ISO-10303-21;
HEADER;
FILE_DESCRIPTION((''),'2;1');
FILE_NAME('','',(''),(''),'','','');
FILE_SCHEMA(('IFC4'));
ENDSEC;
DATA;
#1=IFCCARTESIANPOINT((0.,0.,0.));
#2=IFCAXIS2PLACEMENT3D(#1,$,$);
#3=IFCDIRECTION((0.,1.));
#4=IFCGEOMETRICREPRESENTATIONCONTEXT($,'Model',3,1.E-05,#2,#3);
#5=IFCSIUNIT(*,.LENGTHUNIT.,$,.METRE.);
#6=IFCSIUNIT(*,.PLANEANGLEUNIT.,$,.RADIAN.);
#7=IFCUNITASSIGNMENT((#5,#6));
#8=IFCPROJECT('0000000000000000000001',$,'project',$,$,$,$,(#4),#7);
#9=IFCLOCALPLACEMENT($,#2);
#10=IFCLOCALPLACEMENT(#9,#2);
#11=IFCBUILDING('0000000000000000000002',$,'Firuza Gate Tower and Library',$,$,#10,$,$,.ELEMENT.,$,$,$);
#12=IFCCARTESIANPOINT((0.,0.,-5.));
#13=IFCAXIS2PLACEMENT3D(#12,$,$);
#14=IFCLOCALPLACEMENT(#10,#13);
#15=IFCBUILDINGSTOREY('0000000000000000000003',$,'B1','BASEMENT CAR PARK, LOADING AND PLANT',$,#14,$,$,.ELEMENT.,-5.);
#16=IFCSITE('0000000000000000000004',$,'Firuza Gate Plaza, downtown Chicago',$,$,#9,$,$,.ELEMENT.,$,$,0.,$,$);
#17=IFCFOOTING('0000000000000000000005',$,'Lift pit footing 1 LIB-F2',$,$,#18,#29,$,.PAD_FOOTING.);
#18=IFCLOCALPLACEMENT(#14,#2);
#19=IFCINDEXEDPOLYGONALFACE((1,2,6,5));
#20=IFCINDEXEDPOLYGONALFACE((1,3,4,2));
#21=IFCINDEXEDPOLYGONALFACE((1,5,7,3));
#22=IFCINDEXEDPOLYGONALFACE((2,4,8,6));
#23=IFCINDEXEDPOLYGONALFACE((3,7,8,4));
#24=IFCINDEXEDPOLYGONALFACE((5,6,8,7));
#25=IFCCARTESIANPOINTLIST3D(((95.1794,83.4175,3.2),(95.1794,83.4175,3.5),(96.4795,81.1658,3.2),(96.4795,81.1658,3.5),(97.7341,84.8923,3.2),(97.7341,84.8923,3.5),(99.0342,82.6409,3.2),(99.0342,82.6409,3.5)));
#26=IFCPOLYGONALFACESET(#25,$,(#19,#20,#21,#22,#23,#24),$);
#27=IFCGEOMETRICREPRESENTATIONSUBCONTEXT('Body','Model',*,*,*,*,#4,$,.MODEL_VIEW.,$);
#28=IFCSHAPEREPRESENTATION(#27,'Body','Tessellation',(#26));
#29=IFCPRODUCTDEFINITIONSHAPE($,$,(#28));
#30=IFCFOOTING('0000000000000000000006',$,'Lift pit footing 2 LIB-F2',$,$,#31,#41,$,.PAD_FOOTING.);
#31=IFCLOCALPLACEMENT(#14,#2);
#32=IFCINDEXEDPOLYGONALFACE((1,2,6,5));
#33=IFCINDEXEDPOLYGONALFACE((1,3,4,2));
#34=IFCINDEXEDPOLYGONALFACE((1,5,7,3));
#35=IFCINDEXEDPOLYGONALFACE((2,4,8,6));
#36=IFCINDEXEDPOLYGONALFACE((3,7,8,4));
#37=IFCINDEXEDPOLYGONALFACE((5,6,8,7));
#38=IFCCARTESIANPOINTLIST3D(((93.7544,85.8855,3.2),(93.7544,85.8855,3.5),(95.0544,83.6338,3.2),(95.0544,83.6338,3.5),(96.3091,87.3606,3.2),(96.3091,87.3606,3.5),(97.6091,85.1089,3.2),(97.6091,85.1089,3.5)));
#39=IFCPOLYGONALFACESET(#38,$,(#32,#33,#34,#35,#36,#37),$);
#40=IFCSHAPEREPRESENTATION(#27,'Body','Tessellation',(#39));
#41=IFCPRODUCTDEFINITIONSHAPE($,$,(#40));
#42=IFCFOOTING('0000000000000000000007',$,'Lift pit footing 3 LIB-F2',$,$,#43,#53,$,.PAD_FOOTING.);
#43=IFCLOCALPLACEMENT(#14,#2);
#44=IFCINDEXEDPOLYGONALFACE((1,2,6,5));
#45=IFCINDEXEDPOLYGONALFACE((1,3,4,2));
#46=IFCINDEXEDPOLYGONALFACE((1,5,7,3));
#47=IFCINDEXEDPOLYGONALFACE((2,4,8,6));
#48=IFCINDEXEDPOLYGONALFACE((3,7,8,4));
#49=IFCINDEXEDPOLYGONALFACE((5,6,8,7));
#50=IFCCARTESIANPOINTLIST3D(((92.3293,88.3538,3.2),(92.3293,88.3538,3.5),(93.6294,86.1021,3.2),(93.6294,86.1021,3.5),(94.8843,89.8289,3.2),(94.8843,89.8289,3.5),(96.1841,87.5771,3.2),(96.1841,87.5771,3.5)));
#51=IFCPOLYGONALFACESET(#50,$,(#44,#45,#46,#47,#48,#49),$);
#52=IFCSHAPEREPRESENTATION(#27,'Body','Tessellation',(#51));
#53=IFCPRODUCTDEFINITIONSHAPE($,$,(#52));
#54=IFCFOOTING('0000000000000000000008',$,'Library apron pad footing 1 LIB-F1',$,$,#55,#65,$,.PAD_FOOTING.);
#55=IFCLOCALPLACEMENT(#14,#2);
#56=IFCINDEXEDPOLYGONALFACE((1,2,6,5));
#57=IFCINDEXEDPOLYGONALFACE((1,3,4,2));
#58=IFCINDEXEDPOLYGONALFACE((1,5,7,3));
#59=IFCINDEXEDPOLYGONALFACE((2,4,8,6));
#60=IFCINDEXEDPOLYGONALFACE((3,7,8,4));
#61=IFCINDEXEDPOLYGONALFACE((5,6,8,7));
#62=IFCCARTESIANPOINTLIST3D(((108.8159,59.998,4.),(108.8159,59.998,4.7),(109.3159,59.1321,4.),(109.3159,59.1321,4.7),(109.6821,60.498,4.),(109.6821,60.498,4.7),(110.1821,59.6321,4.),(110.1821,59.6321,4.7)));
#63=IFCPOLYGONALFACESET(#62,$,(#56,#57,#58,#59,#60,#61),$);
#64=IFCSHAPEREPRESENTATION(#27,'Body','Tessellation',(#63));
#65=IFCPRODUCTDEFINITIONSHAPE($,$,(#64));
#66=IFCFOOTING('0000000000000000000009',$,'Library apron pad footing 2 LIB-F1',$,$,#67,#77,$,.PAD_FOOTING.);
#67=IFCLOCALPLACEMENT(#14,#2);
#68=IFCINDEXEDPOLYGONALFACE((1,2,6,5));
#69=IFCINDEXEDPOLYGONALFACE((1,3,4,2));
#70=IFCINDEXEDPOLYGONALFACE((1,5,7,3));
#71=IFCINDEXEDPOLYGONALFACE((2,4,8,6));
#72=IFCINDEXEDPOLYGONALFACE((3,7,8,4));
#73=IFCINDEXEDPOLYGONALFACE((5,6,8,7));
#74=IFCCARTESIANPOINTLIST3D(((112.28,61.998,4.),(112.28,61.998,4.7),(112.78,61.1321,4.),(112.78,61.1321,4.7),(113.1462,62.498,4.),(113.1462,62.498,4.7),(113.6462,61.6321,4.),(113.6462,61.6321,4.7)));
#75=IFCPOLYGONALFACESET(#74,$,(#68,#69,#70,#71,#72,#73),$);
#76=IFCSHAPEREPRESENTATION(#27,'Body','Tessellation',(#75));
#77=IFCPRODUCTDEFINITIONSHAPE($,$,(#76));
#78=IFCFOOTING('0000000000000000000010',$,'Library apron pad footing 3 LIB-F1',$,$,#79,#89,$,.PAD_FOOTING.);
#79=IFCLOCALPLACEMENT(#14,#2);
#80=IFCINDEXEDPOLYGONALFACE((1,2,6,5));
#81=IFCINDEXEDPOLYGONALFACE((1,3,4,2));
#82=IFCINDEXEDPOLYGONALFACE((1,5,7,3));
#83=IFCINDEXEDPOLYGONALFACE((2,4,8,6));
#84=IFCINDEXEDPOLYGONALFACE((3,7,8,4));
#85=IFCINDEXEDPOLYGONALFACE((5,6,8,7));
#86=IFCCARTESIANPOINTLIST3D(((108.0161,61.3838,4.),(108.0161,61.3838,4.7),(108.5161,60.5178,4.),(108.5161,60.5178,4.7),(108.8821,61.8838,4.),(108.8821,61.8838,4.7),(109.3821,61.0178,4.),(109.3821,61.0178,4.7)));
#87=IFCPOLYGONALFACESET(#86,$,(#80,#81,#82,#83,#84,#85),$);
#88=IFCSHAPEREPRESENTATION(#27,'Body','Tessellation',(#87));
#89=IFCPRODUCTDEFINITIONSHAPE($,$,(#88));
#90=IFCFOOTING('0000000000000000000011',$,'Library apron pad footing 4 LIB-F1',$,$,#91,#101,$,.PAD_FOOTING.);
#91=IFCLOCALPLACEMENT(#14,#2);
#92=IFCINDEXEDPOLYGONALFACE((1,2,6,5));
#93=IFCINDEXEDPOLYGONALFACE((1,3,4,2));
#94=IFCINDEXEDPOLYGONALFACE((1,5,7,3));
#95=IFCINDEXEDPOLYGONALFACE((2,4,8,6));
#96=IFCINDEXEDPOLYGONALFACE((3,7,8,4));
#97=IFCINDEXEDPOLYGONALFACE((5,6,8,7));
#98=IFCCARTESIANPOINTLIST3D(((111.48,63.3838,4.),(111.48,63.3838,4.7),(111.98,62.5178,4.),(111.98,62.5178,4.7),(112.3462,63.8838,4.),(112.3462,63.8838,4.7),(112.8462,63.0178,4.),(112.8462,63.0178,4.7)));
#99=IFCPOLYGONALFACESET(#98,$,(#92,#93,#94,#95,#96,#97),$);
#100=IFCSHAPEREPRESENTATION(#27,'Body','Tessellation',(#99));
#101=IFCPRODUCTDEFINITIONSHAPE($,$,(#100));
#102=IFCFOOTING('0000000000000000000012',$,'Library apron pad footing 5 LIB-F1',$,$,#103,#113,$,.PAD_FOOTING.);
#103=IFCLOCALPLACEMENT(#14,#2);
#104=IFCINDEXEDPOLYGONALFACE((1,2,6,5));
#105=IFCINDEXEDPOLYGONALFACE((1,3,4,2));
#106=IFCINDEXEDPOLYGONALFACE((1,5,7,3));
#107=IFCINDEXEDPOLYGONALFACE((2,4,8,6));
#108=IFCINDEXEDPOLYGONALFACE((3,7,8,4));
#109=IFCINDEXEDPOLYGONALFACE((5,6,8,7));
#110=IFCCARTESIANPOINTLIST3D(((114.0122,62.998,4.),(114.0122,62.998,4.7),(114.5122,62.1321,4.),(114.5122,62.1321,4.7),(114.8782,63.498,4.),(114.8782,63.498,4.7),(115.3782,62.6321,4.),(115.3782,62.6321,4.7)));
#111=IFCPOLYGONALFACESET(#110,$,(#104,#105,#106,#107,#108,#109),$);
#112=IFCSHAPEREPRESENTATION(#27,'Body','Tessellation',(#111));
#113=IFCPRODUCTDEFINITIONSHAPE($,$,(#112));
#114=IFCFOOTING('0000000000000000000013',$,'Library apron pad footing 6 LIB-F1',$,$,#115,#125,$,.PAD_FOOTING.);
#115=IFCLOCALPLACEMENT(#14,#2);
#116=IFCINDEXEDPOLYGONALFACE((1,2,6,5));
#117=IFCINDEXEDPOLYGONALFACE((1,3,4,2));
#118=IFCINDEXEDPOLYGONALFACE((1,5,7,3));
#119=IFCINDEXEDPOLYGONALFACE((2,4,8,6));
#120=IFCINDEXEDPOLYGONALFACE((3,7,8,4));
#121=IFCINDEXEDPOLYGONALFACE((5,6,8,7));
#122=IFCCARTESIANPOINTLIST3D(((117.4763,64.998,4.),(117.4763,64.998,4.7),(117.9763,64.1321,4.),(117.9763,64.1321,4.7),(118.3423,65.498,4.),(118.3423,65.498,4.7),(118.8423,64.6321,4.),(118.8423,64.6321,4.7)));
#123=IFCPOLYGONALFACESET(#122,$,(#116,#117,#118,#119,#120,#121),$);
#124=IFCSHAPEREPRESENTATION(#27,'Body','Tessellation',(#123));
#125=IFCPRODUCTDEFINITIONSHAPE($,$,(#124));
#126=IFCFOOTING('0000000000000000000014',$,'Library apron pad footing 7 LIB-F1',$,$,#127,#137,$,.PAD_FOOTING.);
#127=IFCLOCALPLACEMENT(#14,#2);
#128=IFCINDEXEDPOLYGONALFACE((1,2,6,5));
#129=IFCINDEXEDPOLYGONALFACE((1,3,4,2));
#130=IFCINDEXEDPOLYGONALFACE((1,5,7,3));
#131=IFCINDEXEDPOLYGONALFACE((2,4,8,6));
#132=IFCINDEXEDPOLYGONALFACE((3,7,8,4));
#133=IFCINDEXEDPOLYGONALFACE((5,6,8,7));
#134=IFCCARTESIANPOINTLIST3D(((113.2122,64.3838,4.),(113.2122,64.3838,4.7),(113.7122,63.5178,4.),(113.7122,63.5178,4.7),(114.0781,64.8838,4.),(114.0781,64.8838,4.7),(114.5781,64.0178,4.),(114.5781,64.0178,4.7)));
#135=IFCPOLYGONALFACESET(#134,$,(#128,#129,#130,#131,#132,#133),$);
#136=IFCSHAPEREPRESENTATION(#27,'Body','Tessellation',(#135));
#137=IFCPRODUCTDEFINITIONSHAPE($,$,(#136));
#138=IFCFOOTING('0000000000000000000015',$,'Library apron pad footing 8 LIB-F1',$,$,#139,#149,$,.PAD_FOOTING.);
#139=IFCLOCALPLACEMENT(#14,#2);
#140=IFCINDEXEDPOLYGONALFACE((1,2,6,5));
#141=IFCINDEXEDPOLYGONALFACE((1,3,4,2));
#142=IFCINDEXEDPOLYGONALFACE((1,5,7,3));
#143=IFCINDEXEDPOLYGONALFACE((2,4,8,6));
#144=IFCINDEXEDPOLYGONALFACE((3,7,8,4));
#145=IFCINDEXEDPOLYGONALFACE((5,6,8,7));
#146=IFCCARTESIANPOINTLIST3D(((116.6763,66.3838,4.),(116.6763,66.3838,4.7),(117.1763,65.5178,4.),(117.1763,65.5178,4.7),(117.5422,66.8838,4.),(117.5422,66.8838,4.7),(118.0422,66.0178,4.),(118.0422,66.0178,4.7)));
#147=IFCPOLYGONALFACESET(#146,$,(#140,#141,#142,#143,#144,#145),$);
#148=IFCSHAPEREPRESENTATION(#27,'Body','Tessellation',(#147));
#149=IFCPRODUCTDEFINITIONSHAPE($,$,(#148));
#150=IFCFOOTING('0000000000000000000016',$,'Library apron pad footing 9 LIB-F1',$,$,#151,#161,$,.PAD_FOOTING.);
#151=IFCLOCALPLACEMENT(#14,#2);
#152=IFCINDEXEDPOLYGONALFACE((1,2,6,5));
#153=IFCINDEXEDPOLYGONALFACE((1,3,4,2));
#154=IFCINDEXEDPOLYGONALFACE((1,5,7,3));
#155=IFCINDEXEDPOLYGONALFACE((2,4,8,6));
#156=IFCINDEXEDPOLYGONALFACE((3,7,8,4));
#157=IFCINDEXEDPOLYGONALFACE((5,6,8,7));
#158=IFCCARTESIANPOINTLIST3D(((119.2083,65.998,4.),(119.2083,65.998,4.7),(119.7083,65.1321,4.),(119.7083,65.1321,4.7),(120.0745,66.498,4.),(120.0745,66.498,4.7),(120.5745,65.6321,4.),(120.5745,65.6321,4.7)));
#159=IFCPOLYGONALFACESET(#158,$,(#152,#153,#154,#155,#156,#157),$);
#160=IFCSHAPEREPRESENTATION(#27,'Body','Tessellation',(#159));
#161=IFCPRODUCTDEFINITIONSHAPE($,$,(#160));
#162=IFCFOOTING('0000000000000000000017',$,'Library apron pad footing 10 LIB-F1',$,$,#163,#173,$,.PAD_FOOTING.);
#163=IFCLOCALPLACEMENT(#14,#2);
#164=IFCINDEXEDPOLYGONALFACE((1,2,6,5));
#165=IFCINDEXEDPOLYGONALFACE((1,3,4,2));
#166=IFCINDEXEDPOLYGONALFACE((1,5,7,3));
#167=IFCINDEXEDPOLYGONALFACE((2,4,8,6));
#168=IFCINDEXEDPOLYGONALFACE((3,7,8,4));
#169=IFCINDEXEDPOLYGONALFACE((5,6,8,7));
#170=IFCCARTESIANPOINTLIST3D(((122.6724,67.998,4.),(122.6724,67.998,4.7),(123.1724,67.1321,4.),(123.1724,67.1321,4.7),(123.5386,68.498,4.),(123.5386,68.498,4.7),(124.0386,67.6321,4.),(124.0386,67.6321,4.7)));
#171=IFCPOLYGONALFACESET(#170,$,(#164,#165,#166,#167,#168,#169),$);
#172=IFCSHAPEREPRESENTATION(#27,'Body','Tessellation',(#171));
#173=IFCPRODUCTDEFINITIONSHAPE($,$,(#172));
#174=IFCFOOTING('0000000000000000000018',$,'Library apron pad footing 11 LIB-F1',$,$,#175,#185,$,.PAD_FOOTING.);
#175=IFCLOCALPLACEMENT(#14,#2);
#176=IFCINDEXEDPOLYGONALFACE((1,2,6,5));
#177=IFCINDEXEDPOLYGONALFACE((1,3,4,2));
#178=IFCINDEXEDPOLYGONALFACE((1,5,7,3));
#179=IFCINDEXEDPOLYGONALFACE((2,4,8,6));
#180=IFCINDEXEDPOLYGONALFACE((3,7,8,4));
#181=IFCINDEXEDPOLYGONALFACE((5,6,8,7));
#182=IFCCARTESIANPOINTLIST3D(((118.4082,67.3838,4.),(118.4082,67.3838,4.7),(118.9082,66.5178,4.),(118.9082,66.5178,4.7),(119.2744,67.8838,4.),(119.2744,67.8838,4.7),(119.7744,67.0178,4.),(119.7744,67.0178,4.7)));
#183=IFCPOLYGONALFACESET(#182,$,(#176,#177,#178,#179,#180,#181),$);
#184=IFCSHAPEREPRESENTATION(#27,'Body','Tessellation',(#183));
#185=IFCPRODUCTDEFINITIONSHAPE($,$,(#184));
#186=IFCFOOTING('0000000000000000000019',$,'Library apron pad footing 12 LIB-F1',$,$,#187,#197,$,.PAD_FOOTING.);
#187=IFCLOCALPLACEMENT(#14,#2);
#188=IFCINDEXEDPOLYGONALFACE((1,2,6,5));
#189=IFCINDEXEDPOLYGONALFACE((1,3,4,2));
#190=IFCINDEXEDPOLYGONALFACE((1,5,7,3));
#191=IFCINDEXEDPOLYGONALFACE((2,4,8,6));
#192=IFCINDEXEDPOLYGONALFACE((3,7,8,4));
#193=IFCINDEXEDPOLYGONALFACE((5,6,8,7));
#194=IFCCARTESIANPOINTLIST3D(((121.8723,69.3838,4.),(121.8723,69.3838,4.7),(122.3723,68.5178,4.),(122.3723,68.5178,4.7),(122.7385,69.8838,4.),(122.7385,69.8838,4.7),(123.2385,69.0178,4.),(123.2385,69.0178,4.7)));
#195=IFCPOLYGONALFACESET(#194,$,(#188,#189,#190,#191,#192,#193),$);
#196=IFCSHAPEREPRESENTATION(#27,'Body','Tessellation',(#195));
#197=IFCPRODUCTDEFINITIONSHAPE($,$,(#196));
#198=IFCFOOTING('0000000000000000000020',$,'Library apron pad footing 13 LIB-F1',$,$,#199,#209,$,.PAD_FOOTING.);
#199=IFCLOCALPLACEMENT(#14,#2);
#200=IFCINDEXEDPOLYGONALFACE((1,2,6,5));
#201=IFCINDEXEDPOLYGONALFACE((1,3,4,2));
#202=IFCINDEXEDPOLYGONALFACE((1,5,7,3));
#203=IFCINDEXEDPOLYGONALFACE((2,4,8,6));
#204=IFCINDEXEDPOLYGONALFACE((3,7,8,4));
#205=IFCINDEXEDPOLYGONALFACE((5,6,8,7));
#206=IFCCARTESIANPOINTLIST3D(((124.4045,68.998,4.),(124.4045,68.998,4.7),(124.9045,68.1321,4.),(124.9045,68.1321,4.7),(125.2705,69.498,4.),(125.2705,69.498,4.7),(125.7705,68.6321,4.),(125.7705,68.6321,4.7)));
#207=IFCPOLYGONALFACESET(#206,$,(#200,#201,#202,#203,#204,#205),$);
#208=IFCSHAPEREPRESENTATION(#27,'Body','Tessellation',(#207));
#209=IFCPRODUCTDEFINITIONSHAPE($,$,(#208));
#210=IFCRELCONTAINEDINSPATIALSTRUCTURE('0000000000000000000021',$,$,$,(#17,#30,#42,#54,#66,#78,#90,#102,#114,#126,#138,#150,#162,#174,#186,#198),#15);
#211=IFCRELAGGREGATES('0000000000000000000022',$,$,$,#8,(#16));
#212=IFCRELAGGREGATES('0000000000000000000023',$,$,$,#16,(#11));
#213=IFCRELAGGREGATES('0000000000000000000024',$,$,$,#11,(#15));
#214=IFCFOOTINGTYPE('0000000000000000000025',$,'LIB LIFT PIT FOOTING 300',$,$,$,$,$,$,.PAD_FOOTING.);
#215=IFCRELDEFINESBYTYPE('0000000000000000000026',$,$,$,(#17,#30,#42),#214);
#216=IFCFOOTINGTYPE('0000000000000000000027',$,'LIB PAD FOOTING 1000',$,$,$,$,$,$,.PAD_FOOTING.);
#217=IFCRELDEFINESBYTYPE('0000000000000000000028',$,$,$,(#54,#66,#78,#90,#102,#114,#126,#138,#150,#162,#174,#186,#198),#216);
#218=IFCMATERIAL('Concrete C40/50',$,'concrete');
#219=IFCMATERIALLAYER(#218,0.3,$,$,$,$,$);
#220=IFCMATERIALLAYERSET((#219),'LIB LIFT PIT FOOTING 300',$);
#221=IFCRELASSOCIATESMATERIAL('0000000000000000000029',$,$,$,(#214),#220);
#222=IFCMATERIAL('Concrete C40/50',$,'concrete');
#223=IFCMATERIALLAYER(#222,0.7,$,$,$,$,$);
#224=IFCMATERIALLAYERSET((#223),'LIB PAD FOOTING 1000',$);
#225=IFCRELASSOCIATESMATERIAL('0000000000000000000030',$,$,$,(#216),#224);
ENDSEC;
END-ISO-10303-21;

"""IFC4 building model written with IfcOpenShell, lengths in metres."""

from ifc_helpers import new_model, si_unit, direction, frame, origin, place, context, subcontext, project, spatial, polyline, outline, extrude, material, layer, layer_set, type_object, element, save


model = new_model("IFC4")

# Units and contexts
model_context = context("Model", 3, precision=1e-05, world=origin(), true_north=direction((0.0, 1.0)))
body_context = subcontext(model_context, "Body", "Model", "MODEL_VIEW")
ifc_project = project(units=[si_unit("LENGTHUNIT", "METRE"), si_unit("PLANEANGLEUNIT", "RADIAN")], contexts=[model_context])

# Site, building, storey
site_placement = place(None, origin())
site = spatial("IfcSite", under=ifc_project, at=site_placement, Name="Firuza Gate Plaza, downtown Chicago", CompositionType="ELEMENT", RefElevation=0.0)
building_placement = place(site_placement, origin())
building = spatial("IfcBuilding", under=site, at=building_placement, Name="Firuza Gate Tower and Library", CompositionType="ELEMENT")
storey_placement = place(building_placement, frame((0.0, 0.0, -5.0)))
storey = spatial("IfcBuildingStorey", under=building, at=storey_placement, Name="B1", Description="BASEMENT CAR PARK, LOADING AND PLANT", CompositionType="ELEMENT", Elevation=-5.0)

# Footings
ifc_material_1 = material(Name="Concrete C40/50", Category="concrete")
ifc_layer_1 = layer(ifc_material_1, 0.3)
ifc_layer_set_1 = layer_set([ifc_layer_1], Name="LIB LIFT PIT FOOTING 300")
footing_type_1 = type_object("IfcFootingType", Name="LIB LIFT PIT FOOTING 300", PredefinedType="PAD_FOOTING", material=ifc_layer_set_1)
placement_1 = place(storey_placement, frame((0.0, 0.0, 3.2)))
element("IfcFooting", 1, at=placement_1, inside=storey, type_object=footing_type_1, Name="Lift pit footing 1 LIB-F2", PredefinedType="PAD_FOOTING", context=body_context, shape_type="SweptSolid", body=[
    extrude(outline(polyline([(99.0342, 82.6409), (97.7341, 84.8923), (95.1794, 83.4175), (96.4795, 81.1658), (99.0342, 82.6409)])), origin(), (0.0, 0.0, 1.0), 0.3),
])
element("IfcFooting", 2, at=placement_1, inside=storey, type_object=footing_type_1, Name="Lift pit footing 2 LIB-F2", PredefinedType="PAD_FOOTING", context=body_context, shape_type="SweptSolid", body=[
    extrude(outline(polyline([(97.6091, 85.1089), (96.3091, 87.3606), (93.7544, 85.8855), (95.0544, 83.6338), (97.6091, 85.1089)])), origin(), (0.0, 0.0, 1.0), 0.3),
])
element("IfcFooting", 3, at=placement_1, inside=storey, type_object=footing_type_1, Name="Lift pit footing 3 LIB-F2", PredefinedType="PAD_FOOTING", context=body_context, shape_type="SweptSolid", body=[
    extrude(outline(polyline([(96.1841, 87.5771), (94.8843, 89.8289), (92.3293, 88.3538), (93.6294, 86.1021), (96.1841, 87.5771)])), origin(), (0.0, 0.0, 1.0), 0.3),
])
ifc_material_2 = material(Name="Concrete C40/50", Category="concrete")
ifc_layer_2 = layer(ifc_material_2, 0.7)
ifc_layer_set_2 = layer_set([ifc_layer_2], Name="LIB PAD FOOTING 1000")
footing_type_2 = type_object("IfcFootingType", Name="LIB PAD FOOTING 1000", PredefinedType="PAD_FOOTING", material=ifc_layer_set_2)
placement_2 = place(storey_placement, frame((0.0, 0.0, 4.0)))
element("IfcFooting", 4, at=placement_2, inside=storey, type_object=footing_type_2, Name="Library apron pad footing 1 LIB-F1", PredefinedType="PAD_FOOTING", context=body_context, shape_type="SweptSolid", body=[
    extrude(outline(polyline([(110.1821, 59.6321), (109.6821, 60.498), (108.8159, 59.998), (109.3159, 59.1321), (110.1821, 59.6321)])), origin(), (0.0, 0.0, 1.0), 0.7),
])
element("IfcFooting", 5, at=placement_2, inside=storey, type_object=footing_type_2, Name="Library apron pad footing 2 LIB-F1", PredefinedType="PAD_FOOTING", context=body_context, shape_type="SweptSolid", body=[
    extrude(outline(polyline([(113.6462, 61.6321), (113.1462, 62.498), (112.28, 61.998), (112.78, 61.1321), (113.6462, 61.6321)])), origin(), (0.0, 0.0, 1.0), 0.7),
])
element("IfcFooting", 6, at=placement_2, inside=storey, type_object=footing_type_2, Name="Library apron pad footing 3 LIB-F1", PredefinedType="PAD_FOOTING", context=body_context, shape_type="SweptSolid", body=[
    extrude(outline(polyline([(109.3821, 61.0178), (108.8821, 61.8838), (108.0161, 61.3838), (108.5161, 60.5178), (109.3821, 61.0178)])), origin(), (0.0, 0.0, 1.0), 0.7),
])
element("IfcFooting", 7, at=placement_2, inside=storey, type_object=footing_type_2, Name="Library apron pad footing 4 LIB-F1", PredefinedType="PAD_FOOTING", context=body_context, shape_type="SweptSolid", body=[
    extrude(outline(polyline([(112.8462, 63.0178), (112.3462, 63.8838), (111.48, 63.3838), (111.98, 62.5178), (112.8462, 63.0178)])), origin(), (0.0, 0.0, 1.0), 0.7),
])
element("IfcFooting", 8, at=placement_2, inside=storey, type_object=footing_type_2, Name="Library apron pad footing 5 LIB-F1", PredefinedType="PAD_FOOTING", context=body_context, shape_type="SweptSolid", body=[
    extrude(outline(polyline([(115.3782, 62.6321), (114.8782, 63.498), (114.0122, 62.998), (114.5122, 62.1321), (115.3782, 62.6321)])), origin(), (0.0, 0.0, 1.0), 0.7),
])
element("IfcFooting", 9, at=placement_2, inside=storey, type_object=footing_type_2, Name="Library apron pad footing 6 LIB-F1", PredefinedType="PAD_FOOTING", context=body_context, shape_type="SweptSolid", body=[
    extrude(outline(polyline([(118.8423, 64.6321), (118.3423, 65.498), (117.4763, 64.998), (117.9763, 64.1321), (118.8423, 64.6321)])), origin(), (0.0, 0.0, 1.0), 0.7),
])
element("IfcFooting", 10, at=placement_2, inside=storey, type_object=footing_type_2, Name="Library apron pad footing 7 LIB-F1", PredefinedType="PAD_FOOTING", context=body_context, shape_type="SweptSolid", body=[
    extrude(outline(polyline([(114.5781, 64.0178), (114.0781, 64.8838), (113.2122, 64.3838), (113.7122, 63.5178), (114.5781, 64.0178)])), origin(), (0.0, 0.0, 1.0), 0.7),
])
element("IfcFooting", 11, at=placement_2, inside=storey, type_object=footing_type_2, Name="Library apron pad footing 8 LIB-F1", PredefinedType="PAD_FOOTING", context=body_context, shape_type="SweptSolid", body=[
    extrude(outline(polyline([(118.0422, 66.0178), (117.5422, 66.8838), (116.6763, 66.3838), (117.1763, 65.5178), (118.0422, 66.0178)])), origin(), (0.0, 0.0, 1.0), 0.7),
])
element("IfcFooting", 12, at=placement_2, inside=storey, type_object=footing_type_2, Name="Library apron pad footing 9 LIB-F1", PredefinedType="PAD_FOOTING", context=body_context, shape_type="SweptSolid", body=[
    extrude(outline(polyline([(120.5745, 65.6321), (120.0745, 66.498), (119.2083, 65.998), (119.7083, 65.1321), (120.5745, 65.6321)])), origin(), (0.0, 0.0, 1.0), 0.7),
])
element("IfcFooting", 13, at=placement_2, inside=storey, type_object=footing_type_2, Name="Library apron pad footing 10 LIB-F1", PredefinedType="PAD_FOOTING", context=body_context, shape_type="SweptSolid", body=[
    extrude(outline(polyline([(124.0386, 67.6321), (123.5386, 68.498), (122.6724, 67.998), (123.1724, 67.1321), (124.0386, 67.6321)])), origin(), (0.0, 0.0, 1.0), 0.7),
])
element("IfcFooting", 14, at=placement_2, inside=storey, type_object=footing_type_2, Name="Library apron pad footing 11 LIB-F1", PredefinedType="PAD_FOOTING", context=body_context, shape_type="SweptSolid", body=[
    extrude(outline(polyline([(119.7744, 67.0178), (119.2744, 67.8838), (118.4082, 67.3838), (118.9082, 66.5178), (119.7744, 67.0178)])), origin(), (0.0, 0.0, 1.0), 0.7),
])
element("IfcFooting", 15, at=placement_2, inside=storey, type_object=footing_type_2, Name="Library apron pad footing 12 LIB-F1", PredefinedType="PAD_FOOTING", context=body_context, shape_type="SweptSolid", body=[
    extrude(outline(polyline([(123.2385, 69.0178), (122.7385, 69.8838), (121.8723, 69.3838), (122.3723, 68.5178), (123.2385, 69.0178)])), origin(), (0.0, 0.0, 1.0), 0.7),
])
element("IfcFooting", 16, at=placement_2, inside=storey, type_object=footing_type_2, Name="Library apron pad footing 13 LIB-F1", PredefinedType="PAD_FOOTING", context=body_context, shape_type="SweptSolid", body=[
    extrude(outline(polyline([(125.7705, 68.6321), (125.2705, 69.498), (124.4045, 68.998), (124.9045, 68.1321), (125.7705, 68.6321)])), origin(), (0.0, 0.0, 1.0), 0.7),
])

save(model, "model.ifc")
